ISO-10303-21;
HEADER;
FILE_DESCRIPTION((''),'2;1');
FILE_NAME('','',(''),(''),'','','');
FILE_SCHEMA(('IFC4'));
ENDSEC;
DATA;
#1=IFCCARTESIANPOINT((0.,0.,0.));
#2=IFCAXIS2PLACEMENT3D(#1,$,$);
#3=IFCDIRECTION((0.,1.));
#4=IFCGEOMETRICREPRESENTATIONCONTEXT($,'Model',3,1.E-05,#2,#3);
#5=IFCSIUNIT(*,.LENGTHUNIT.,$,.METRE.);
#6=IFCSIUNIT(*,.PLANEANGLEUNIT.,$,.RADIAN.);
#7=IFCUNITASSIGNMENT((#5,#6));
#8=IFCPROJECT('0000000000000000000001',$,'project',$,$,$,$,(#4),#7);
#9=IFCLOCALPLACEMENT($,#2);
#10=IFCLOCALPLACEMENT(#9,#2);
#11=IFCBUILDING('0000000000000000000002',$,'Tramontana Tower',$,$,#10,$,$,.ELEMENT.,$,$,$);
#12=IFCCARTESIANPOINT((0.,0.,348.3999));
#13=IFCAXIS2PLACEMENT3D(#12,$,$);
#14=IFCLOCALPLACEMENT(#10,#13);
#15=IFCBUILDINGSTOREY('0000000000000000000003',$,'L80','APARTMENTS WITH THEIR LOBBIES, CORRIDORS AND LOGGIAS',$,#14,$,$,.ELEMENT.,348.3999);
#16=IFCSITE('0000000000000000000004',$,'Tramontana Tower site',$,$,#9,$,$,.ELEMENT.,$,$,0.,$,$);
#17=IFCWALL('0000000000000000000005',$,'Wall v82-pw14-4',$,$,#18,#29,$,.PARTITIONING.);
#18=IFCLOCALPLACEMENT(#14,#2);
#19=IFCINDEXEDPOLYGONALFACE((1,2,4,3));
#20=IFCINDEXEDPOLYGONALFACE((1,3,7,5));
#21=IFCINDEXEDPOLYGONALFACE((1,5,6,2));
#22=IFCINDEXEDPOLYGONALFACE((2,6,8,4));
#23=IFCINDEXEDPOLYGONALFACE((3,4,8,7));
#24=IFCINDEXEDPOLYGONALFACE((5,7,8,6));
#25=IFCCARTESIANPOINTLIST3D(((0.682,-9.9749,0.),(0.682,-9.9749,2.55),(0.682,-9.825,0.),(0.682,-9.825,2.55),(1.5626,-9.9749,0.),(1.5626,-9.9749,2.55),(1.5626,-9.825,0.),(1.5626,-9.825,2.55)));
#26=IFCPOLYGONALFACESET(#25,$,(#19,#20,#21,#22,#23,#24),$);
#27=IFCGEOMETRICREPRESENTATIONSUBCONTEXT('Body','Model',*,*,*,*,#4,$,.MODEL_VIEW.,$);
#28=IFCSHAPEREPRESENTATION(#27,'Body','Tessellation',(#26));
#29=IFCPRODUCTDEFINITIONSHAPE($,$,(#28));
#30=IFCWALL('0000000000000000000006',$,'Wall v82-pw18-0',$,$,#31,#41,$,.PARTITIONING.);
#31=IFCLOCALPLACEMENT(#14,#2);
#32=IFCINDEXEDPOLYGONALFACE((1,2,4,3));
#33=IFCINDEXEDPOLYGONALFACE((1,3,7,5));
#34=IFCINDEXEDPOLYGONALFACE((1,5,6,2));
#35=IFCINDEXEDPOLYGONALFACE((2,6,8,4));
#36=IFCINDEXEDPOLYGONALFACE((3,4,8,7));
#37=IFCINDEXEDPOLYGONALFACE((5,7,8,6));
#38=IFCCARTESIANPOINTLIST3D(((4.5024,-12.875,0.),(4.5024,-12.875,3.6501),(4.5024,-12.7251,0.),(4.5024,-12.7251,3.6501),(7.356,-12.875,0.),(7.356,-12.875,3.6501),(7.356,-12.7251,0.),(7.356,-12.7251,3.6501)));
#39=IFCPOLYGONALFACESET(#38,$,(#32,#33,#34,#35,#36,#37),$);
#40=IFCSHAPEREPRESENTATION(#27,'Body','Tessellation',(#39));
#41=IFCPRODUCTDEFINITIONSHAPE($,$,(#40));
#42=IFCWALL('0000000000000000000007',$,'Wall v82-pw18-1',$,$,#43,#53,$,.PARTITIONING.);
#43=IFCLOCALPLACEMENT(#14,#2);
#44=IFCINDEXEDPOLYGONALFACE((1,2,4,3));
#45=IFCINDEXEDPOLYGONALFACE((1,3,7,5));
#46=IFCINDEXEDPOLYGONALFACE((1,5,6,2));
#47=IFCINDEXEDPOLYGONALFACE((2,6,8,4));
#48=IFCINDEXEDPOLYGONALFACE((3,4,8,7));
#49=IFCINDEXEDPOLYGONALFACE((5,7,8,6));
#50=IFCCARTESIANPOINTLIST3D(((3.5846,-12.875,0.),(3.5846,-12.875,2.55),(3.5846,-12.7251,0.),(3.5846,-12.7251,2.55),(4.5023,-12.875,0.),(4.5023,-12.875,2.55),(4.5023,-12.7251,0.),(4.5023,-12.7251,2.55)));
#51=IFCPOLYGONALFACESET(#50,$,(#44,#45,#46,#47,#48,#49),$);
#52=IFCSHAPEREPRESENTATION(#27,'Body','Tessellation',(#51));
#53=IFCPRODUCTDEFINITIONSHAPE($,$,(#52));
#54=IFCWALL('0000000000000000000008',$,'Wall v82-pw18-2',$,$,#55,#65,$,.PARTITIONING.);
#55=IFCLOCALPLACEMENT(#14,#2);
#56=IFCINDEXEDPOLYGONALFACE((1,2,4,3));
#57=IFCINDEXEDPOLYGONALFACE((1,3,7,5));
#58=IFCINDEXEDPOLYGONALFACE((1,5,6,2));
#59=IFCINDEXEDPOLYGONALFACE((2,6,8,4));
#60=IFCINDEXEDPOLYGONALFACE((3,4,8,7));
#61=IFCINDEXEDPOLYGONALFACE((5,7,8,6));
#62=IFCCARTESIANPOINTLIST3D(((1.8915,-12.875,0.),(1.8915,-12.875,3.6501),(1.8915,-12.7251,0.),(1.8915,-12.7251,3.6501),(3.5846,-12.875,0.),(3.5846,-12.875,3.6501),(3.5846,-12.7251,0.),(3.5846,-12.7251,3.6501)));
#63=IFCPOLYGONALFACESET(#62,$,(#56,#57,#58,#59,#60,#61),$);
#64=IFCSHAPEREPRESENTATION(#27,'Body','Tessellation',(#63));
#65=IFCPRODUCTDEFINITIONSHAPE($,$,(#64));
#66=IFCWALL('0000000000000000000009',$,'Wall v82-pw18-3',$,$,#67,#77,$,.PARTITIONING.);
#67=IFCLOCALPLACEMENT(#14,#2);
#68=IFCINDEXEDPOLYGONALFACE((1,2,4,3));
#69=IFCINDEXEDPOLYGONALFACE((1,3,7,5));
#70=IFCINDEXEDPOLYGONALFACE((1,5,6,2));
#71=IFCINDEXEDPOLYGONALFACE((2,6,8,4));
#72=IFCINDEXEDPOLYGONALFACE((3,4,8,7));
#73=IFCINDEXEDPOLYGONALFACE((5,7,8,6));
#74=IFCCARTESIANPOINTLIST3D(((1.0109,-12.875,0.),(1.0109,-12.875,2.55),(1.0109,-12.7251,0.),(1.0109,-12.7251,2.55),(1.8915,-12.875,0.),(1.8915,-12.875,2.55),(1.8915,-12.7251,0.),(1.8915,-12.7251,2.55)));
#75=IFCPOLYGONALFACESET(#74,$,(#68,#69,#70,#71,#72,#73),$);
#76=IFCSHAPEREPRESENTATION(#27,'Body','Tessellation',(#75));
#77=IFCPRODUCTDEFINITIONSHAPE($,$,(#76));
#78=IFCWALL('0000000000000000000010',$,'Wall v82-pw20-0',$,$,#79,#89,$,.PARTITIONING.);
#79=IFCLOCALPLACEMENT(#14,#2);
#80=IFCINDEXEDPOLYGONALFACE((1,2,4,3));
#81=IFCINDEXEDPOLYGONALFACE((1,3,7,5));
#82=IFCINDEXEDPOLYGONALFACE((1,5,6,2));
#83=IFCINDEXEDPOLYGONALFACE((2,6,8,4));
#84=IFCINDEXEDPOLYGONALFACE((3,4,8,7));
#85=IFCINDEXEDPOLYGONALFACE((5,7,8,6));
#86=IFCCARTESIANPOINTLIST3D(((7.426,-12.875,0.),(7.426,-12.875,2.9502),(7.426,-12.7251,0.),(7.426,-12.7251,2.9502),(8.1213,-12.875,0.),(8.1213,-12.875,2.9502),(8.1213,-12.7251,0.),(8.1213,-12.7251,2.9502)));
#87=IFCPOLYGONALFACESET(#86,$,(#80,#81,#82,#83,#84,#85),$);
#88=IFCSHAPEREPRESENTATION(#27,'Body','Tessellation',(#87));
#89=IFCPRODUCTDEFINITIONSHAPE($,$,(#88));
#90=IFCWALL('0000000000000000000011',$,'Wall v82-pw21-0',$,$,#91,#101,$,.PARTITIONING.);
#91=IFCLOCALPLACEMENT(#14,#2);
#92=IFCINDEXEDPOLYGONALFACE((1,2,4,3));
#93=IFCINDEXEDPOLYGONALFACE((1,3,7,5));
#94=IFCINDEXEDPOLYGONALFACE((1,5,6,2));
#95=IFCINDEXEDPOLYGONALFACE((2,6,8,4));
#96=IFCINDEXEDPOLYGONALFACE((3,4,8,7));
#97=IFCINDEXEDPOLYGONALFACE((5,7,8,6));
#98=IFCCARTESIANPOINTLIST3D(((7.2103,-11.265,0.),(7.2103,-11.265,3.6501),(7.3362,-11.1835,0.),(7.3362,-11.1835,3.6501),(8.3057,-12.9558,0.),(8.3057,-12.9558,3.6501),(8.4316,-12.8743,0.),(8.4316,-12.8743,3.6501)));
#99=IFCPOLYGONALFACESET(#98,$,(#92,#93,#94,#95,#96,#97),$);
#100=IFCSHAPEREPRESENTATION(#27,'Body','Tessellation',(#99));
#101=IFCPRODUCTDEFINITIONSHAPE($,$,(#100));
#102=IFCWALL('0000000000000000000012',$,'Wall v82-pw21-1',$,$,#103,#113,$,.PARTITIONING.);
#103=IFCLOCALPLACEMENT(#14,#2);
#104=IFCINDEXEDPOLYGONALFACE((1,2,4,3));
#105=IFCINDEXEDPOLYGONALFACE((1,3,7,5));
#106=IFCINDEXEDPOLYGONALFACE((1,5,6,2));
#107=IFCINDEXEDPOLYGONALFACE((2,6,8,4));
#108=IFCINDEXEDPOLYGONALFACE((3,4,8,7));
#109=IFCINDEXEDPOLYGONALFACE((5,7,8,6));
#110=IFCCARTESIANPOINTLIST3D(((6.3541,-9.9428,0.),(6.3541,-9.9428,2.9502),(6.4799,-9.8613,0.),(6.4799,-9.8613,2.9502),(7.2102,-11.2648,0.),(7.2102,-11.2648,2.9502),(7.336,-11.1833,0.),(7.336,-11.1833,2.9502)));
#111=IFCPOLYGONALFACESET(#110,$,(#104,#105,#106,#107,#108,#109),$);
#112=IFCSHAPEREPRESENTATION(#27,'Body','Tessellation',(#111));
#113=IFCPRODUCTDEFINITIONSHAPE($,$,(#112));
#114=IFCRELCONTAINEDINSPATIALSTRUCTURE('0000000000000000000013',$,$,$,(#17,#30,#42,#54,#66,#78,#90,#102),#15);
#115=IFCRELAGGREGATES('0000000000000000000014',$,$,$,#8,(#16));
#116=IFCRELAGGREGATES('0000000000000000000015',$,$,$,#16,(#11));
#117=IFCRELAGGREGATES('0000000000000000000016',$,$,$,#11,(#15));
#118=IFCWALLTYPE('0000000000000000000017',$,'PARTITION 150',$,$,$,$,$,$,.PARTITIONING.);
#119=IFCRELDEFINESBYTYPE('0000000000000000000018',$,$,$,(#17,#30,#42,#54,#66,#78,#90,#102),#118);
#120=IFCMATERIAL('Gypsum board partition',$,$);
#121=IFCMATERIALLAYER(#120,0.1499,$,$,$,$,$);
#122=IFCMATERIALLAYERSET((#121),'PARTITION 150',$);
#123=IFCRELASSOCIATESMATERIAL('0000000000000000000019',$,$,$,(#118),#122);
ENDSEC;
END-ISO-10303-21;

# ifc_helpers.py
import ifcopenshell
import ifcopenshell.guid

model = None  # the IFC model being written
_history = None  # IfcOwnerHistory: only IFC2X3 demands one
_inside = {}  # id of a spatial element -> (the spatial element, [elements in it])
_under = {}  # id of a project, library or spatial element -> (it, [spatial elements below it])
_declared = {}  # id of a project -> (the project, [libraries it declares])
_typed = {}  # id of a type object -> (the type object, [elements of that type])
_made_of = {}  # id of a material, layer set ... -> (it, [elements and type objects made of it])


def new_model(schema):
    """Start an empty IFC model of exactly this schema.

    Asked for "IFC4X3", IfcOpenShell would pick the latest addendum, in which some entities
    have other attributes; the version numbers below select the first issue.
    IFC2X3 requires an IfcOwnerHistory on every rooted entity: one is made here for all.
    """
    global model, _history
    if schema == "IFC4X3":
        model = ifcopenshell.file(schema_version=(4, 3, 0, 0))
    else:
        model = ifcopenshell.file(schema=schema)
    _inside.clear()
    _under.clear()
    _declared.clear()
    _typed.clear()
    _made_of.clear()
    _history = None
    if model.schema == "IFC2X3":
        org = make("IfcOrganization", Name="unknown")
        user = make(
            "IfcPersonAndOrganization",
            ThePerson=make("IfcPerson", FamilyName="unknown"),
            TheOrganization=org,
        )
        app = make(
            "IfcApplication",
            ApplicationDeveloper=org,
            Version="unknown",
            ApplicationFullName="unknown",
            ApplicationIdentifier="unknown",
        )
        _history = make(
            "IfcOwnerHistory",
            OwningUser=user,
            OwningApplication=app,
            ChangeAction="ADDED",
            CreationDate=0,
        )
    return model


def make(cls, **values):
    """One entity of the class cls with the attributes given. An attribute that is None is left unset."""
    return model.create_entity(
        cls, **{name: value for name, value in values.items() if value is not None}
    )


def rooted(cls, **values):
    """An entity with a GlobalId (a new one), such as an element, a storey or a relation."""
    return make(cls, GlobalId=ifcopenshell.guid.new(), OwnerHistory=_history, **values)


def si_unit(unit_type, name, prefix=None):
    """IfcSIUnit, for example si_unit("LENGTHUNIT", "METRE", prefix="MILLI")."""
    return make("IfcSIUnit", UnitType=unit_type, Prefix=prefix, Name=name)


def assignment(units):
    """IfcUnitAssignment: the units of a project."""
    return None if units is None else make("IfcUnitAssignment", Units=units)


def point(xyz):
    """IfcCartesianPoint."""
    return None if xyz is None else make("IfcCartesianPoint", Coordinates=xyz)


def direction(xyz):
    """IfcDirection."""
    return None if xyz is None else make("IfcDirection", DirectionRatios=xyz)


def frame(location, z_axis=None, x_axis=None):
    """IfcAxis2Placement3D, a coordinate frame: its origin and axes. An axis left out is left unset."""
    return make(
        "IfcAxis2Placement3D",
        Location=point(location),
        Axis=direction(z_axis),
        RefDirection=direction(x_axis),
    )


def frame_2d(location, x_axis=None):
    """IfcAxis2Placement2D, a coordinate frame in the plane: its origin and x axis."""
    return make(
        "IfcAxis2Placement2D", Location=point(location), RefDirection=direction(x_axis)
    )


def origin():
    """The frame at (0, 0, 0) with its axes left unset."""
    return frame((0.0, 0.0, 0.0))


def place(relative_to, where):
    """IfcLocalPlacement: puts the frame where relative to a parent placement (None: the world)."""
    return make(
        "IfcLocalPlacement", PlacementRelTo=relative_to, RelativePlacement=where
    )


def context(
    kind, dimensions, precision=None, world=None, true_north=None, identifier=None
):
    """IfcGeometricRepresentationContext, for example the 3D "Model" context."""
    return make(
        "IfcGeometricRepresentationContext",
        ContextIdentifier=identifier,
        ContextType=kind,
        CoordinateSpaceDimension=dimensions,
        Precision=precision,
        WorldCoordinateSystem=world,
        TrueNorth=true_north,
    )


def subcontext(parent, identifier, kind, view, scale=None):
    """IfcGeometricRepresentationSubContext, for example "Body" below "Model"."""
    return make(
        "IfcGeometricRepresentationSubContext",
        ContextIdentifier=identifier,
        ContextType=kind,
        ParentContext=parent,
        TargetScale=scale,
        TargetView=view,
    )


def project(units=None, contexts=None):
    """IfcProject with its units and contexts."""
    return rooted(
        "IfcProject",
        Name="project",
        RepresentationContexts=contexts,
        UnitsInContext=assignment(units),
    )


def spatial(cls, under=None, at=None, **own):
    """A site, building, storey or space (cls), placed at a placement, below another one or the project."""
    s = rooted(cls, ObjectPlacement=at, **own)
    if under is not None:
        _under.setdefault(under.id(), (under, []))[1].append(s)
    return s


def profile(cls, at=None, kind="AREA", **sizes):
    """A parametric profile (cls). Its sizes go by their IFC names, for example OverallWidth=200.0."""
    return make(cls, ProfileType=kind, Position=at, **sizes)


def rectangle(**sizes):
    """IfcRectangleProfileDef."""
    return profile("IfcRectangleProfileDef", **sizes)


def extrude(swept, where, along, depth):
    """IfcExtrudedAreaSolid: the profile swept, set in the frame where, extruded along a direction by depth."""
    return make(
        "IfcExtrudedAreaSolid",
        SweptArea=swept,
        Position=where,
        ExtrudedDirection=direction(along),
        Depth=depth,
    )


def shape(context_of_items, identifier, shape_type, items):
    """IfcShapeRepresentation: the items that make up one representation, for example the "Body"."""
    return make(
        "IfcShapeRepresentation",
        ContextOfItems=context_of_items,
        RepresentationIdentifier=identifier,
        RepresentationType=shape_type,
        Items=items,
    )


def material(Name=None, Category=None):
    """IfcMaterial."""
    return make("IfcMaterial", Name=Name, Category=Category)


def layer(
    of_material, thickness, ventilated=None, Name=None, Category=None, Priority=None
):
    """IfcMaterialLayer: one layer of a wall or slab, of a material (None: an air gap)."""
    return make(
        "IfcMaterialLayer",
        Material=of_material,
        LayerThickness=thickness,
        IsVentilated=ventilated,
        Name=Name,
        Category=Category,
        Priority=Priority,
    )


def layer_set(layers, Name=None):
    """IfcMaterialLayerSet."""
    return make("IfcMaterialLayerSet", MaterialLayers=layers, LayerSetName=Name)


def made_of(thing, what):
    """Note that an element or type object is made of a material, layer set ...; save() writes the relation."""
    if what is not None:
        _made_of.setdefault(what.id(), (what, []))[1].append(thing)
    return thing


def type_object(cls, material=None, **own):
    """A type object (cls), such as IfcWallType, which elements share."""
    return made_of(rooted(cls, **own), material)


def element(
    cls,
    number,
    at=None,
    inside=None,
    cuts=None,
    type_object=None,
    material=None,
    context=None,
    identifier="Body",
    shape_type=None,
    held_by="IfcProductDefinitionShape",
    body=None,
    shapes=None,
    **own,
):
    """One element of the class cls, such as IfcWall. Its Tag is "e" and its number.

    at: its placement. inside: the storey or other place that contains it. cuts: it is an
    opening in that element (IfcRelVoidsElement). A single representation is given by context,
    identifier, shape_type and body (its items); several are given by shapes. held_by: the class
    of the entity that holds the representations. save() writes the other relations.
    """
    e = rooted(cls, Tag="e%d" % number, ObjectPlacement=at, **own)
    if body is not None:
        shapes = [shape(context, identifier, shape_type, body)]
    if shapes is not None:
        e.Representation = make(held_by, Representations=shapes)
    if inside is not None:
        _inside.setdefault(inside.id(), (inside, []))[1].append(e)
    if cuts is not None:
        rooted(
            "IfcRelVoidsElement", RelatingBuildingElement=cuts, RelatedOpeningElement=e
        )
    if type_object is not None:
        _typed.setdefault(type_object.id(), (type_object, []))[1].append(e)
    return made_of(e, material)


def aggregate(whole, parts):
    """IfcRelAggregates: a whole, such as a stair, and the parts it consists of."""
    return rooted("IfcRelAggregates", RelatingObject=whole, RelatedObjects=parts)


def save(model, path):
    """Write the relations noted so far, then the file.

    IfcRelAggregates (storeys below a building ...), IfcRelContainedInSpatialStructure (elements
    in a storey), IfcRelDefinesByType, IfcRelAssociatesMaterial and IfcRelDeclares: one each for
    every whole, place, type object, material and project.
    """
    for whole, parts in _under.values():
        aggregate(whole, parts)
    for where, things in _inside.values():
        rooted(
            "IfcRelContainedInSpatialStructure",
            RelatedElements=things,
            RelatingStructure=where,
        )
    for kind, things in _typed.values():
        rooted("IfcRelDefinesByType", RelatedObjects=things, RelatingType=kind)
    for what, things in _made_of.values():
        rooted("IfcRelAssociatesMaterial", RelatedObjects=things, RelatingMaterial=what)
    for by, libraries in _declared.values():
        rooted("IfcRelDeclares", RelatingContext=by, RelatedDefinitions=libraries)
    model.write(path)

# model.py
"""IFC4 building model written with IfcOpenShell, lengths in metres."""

from ifc_helpers import new_model, si_unit, direction, frame, frame_2d, origin, place, context, subcontext, project, spatial, rectangle, extrude, material, layer, layer_set, type_object, element, save


model = new_model("IFC4")

# Units and contexts
model_context = context("Model", 3, precision=1e-05, world=origin(), true_north=direction((0.0, 1.0)))
body_context = subcontext(model_context, "Body", "Model", "MODEL_VIEW")
ifc_project = project(units=[si_unit("LENGTHUNIT", "METRE"), si_unit("PLANEANGLEUNIT", "RADIAN")], contexts=[model_context])

# Site, building, storey
site_placement = place(None, origin())
site = spatial("IfcSite", under=ifc_project, at=site_placement, Name="Tramontana Tower site", CompositionType="ELEMENT", RefElevation=0.0)
building_placement = place(site_placement, origin())
building = spatial("IfcBuilding", under=site, at=building_placement, Name="Tramontana Tower", CompositionType="ELEMENT")
storey_placement = place(building_placement, frame((0.0, 0.0, 348.3999)))
storey = spatial("IfcBuildingStorey", under=building, at=storey_placement, Name="L80", Description="APARTMENTS WITH THEIR LOBBIES, CORRIDORS AND LOGGIAS", CompositionType="ELEMENT", Elevation=348.3999)

# Shared definitions
ifc_material_1 = material(Name="Gypsum board partition")
ifc_layer_1 = layer(ifc_material_1, 0.1499)
ifc_layer_set_1 = layer_set([ifc_layer_1], Name="PARTITION 150")
wall_type_1 = type_object("IfcWallType", Name="PARTITION 150", PredefinedType="PARTITIONING", material=ifc_layer_set_1)

# Walls
wall_1_placement = place(storey_placement, frame((1.5627, -9.8999, 0.0), z_axis=(0.0, 0.0, 1.0), x_axis=(-1.0, 0.0, 0.0)))
element("IfcWall", 1, at=wall_1_placement, inside=storey, type_object=wall_type_1, Name="Wall v82-pw14-4", PredefinedType="PARTITIONING", context=body_context, shape_type="SweptSolid", body=[
    extrude(rectangle(XDim=0.8806, YDim=0.1499, at=frame_2d((0.4404, 0.0))), origin(), (0.0, 0.0, 1.0), 2.55),
])
wall_2_placement = place(storey_placement, frame((7.356, -12.8, 0.0), z_axis=(0.0, 0.0, 1.0), x_axis=(-1.0, 0.0, 0.0)))
element("IfcWall", 2, at=wall_2_placement, inside=storey, type_object=wall_type_1, Name="Wall v82-pw18-0", PredefinedType="PARTITIONING", context=body_context, shape_type="SweptSolid", body=[
    extrude(rectangle(XDim=2.8535, YDim=0.1499, at=frame_2d((1.4268, 0.0))), origin(), (0.0, 0.0, 1.0), 3.6501),
])
wall_3_placement = place(storey_placement, frame((4.5024, -12.8, 0.0), z_axis=(0.0, 0.0, 1.0), x_axis=(-1.0, 0.0, 0.0)))
element("IfcWall", 3, at=wall_3_placement, inside=storey, type_object=wall_type_1, Name="Wall v82-pw18-1", PredefinedType="PARTITIONING", context=body_context, shape_type="SweptSolid", body=[
    extrude(rectangle(XDim=0.9177, YDim=0.1499, at=frame_2d((0.459, 0.0))), origin(), (0.0, 0.0, 1.0), 2.55),
])
wall_4_placement = place(storey_placement, frame((3.5847, -12.8, 0.0), z_axis=(0.0, 0.0, 1.0), x_axis=(-1.0, 0.0, 0.0)))
element("IfcWall", 4, at=wall_4_placement, inside=storey, type_object=wall_type_1, Name="Wall v82-pw18-2", PredefinedType="PARTITIONING", context=body_context, shape_type="SweptSolid", body=[
    extrude(rectangle(XDim=1.6931, YDim=0.1499, at=frame_2d((0.8467, 0.0))), origin(), (0.0, 0.0, 1.0), 3.6501),
])
wall_5_placement = place(storey_placement, frame((1.8916, -12.8, 0.0), z_axis=(0.0, 0.0, 1.0), x_axis=(-1.0, 0.0, 0.0)))
element("IfcWall", 5, at=wall_5_placement, inside=storey, type_object=wall_type_1, Name="Wall v82-pw18-3", PredefinedType="PARTITIONING", context=body_context, shape_type="SweptSolid", body=[
    extrude(rectangle(XDim=0.8806, YDim=0.1499, at=frame_2d((0.4404, 0.0))), origin(), (0.0, 0.0, 1.0), 2.55),
])
wall_6_placement = place(storey_placement, frame((8.1213, -12.8, 0.0), z_axis=(0.0, 0.0, 1.0), x_axis=(-1.0, 0.0, 0.0)))
element("IfcWall", 6, at=wall_6_placement, inside=storey, type_object=wall_type_1, Name="Wall v82-pw20-0", PredefinedType="PARTITIONING", context=body_context, shape_type="SweptSolid", body=[
    extrude(rectangle(XDim=0.6953, YDim=0.1499, at=frame_2d((0.3477, 0.0))), origin(), (0.0, 0.0, 1.0), 2.9502),
])
wall_7_placement = place(storey_placement, frame((8.3687, -12.915, 0.0), z_axis=(0.0, 0.0, 1.0), x_axis=(-0.543718, 0.839268, 0.0)))
element("IfcWall", 7, at=wall_7_placement, inside=storey, type_object=wall_type_1, Name="Wall v82-pw21-0", PredefinedType="PARTITIONING", context=body_context, shape_type="SweptSolid", body=[
    extrude(rectangle(XDim=2.0146, YDim=0.1499, at=frame_2d((1.0073, 0.0))), origin(), (0.0, 0.0, 1.0), 3.6501),
])
wall_8_placement = place(storey_placement, frame((7.2732, -11.2241, 0.0), z_axis=(0.0, 0.0, 1.0), x_axis=(-0.543598, 0.839346, 0.0)))
element("IfcWall", 8, at=wall_8_placement, inside=storey, type_object=wall_type_1, Name="Wall v82-pw21-1", PredefinedType="PARTITIONING", context=body_context, shape_type="SweptSolid", body=[
    extrude(rectangle(XDim=1.575, YDim=0.1499, at=frame_2d((0.7876, 0.0))), origin(), (0.0, 0.0, 1.0), 2.9502),
])

save(model, "model.ifc")
